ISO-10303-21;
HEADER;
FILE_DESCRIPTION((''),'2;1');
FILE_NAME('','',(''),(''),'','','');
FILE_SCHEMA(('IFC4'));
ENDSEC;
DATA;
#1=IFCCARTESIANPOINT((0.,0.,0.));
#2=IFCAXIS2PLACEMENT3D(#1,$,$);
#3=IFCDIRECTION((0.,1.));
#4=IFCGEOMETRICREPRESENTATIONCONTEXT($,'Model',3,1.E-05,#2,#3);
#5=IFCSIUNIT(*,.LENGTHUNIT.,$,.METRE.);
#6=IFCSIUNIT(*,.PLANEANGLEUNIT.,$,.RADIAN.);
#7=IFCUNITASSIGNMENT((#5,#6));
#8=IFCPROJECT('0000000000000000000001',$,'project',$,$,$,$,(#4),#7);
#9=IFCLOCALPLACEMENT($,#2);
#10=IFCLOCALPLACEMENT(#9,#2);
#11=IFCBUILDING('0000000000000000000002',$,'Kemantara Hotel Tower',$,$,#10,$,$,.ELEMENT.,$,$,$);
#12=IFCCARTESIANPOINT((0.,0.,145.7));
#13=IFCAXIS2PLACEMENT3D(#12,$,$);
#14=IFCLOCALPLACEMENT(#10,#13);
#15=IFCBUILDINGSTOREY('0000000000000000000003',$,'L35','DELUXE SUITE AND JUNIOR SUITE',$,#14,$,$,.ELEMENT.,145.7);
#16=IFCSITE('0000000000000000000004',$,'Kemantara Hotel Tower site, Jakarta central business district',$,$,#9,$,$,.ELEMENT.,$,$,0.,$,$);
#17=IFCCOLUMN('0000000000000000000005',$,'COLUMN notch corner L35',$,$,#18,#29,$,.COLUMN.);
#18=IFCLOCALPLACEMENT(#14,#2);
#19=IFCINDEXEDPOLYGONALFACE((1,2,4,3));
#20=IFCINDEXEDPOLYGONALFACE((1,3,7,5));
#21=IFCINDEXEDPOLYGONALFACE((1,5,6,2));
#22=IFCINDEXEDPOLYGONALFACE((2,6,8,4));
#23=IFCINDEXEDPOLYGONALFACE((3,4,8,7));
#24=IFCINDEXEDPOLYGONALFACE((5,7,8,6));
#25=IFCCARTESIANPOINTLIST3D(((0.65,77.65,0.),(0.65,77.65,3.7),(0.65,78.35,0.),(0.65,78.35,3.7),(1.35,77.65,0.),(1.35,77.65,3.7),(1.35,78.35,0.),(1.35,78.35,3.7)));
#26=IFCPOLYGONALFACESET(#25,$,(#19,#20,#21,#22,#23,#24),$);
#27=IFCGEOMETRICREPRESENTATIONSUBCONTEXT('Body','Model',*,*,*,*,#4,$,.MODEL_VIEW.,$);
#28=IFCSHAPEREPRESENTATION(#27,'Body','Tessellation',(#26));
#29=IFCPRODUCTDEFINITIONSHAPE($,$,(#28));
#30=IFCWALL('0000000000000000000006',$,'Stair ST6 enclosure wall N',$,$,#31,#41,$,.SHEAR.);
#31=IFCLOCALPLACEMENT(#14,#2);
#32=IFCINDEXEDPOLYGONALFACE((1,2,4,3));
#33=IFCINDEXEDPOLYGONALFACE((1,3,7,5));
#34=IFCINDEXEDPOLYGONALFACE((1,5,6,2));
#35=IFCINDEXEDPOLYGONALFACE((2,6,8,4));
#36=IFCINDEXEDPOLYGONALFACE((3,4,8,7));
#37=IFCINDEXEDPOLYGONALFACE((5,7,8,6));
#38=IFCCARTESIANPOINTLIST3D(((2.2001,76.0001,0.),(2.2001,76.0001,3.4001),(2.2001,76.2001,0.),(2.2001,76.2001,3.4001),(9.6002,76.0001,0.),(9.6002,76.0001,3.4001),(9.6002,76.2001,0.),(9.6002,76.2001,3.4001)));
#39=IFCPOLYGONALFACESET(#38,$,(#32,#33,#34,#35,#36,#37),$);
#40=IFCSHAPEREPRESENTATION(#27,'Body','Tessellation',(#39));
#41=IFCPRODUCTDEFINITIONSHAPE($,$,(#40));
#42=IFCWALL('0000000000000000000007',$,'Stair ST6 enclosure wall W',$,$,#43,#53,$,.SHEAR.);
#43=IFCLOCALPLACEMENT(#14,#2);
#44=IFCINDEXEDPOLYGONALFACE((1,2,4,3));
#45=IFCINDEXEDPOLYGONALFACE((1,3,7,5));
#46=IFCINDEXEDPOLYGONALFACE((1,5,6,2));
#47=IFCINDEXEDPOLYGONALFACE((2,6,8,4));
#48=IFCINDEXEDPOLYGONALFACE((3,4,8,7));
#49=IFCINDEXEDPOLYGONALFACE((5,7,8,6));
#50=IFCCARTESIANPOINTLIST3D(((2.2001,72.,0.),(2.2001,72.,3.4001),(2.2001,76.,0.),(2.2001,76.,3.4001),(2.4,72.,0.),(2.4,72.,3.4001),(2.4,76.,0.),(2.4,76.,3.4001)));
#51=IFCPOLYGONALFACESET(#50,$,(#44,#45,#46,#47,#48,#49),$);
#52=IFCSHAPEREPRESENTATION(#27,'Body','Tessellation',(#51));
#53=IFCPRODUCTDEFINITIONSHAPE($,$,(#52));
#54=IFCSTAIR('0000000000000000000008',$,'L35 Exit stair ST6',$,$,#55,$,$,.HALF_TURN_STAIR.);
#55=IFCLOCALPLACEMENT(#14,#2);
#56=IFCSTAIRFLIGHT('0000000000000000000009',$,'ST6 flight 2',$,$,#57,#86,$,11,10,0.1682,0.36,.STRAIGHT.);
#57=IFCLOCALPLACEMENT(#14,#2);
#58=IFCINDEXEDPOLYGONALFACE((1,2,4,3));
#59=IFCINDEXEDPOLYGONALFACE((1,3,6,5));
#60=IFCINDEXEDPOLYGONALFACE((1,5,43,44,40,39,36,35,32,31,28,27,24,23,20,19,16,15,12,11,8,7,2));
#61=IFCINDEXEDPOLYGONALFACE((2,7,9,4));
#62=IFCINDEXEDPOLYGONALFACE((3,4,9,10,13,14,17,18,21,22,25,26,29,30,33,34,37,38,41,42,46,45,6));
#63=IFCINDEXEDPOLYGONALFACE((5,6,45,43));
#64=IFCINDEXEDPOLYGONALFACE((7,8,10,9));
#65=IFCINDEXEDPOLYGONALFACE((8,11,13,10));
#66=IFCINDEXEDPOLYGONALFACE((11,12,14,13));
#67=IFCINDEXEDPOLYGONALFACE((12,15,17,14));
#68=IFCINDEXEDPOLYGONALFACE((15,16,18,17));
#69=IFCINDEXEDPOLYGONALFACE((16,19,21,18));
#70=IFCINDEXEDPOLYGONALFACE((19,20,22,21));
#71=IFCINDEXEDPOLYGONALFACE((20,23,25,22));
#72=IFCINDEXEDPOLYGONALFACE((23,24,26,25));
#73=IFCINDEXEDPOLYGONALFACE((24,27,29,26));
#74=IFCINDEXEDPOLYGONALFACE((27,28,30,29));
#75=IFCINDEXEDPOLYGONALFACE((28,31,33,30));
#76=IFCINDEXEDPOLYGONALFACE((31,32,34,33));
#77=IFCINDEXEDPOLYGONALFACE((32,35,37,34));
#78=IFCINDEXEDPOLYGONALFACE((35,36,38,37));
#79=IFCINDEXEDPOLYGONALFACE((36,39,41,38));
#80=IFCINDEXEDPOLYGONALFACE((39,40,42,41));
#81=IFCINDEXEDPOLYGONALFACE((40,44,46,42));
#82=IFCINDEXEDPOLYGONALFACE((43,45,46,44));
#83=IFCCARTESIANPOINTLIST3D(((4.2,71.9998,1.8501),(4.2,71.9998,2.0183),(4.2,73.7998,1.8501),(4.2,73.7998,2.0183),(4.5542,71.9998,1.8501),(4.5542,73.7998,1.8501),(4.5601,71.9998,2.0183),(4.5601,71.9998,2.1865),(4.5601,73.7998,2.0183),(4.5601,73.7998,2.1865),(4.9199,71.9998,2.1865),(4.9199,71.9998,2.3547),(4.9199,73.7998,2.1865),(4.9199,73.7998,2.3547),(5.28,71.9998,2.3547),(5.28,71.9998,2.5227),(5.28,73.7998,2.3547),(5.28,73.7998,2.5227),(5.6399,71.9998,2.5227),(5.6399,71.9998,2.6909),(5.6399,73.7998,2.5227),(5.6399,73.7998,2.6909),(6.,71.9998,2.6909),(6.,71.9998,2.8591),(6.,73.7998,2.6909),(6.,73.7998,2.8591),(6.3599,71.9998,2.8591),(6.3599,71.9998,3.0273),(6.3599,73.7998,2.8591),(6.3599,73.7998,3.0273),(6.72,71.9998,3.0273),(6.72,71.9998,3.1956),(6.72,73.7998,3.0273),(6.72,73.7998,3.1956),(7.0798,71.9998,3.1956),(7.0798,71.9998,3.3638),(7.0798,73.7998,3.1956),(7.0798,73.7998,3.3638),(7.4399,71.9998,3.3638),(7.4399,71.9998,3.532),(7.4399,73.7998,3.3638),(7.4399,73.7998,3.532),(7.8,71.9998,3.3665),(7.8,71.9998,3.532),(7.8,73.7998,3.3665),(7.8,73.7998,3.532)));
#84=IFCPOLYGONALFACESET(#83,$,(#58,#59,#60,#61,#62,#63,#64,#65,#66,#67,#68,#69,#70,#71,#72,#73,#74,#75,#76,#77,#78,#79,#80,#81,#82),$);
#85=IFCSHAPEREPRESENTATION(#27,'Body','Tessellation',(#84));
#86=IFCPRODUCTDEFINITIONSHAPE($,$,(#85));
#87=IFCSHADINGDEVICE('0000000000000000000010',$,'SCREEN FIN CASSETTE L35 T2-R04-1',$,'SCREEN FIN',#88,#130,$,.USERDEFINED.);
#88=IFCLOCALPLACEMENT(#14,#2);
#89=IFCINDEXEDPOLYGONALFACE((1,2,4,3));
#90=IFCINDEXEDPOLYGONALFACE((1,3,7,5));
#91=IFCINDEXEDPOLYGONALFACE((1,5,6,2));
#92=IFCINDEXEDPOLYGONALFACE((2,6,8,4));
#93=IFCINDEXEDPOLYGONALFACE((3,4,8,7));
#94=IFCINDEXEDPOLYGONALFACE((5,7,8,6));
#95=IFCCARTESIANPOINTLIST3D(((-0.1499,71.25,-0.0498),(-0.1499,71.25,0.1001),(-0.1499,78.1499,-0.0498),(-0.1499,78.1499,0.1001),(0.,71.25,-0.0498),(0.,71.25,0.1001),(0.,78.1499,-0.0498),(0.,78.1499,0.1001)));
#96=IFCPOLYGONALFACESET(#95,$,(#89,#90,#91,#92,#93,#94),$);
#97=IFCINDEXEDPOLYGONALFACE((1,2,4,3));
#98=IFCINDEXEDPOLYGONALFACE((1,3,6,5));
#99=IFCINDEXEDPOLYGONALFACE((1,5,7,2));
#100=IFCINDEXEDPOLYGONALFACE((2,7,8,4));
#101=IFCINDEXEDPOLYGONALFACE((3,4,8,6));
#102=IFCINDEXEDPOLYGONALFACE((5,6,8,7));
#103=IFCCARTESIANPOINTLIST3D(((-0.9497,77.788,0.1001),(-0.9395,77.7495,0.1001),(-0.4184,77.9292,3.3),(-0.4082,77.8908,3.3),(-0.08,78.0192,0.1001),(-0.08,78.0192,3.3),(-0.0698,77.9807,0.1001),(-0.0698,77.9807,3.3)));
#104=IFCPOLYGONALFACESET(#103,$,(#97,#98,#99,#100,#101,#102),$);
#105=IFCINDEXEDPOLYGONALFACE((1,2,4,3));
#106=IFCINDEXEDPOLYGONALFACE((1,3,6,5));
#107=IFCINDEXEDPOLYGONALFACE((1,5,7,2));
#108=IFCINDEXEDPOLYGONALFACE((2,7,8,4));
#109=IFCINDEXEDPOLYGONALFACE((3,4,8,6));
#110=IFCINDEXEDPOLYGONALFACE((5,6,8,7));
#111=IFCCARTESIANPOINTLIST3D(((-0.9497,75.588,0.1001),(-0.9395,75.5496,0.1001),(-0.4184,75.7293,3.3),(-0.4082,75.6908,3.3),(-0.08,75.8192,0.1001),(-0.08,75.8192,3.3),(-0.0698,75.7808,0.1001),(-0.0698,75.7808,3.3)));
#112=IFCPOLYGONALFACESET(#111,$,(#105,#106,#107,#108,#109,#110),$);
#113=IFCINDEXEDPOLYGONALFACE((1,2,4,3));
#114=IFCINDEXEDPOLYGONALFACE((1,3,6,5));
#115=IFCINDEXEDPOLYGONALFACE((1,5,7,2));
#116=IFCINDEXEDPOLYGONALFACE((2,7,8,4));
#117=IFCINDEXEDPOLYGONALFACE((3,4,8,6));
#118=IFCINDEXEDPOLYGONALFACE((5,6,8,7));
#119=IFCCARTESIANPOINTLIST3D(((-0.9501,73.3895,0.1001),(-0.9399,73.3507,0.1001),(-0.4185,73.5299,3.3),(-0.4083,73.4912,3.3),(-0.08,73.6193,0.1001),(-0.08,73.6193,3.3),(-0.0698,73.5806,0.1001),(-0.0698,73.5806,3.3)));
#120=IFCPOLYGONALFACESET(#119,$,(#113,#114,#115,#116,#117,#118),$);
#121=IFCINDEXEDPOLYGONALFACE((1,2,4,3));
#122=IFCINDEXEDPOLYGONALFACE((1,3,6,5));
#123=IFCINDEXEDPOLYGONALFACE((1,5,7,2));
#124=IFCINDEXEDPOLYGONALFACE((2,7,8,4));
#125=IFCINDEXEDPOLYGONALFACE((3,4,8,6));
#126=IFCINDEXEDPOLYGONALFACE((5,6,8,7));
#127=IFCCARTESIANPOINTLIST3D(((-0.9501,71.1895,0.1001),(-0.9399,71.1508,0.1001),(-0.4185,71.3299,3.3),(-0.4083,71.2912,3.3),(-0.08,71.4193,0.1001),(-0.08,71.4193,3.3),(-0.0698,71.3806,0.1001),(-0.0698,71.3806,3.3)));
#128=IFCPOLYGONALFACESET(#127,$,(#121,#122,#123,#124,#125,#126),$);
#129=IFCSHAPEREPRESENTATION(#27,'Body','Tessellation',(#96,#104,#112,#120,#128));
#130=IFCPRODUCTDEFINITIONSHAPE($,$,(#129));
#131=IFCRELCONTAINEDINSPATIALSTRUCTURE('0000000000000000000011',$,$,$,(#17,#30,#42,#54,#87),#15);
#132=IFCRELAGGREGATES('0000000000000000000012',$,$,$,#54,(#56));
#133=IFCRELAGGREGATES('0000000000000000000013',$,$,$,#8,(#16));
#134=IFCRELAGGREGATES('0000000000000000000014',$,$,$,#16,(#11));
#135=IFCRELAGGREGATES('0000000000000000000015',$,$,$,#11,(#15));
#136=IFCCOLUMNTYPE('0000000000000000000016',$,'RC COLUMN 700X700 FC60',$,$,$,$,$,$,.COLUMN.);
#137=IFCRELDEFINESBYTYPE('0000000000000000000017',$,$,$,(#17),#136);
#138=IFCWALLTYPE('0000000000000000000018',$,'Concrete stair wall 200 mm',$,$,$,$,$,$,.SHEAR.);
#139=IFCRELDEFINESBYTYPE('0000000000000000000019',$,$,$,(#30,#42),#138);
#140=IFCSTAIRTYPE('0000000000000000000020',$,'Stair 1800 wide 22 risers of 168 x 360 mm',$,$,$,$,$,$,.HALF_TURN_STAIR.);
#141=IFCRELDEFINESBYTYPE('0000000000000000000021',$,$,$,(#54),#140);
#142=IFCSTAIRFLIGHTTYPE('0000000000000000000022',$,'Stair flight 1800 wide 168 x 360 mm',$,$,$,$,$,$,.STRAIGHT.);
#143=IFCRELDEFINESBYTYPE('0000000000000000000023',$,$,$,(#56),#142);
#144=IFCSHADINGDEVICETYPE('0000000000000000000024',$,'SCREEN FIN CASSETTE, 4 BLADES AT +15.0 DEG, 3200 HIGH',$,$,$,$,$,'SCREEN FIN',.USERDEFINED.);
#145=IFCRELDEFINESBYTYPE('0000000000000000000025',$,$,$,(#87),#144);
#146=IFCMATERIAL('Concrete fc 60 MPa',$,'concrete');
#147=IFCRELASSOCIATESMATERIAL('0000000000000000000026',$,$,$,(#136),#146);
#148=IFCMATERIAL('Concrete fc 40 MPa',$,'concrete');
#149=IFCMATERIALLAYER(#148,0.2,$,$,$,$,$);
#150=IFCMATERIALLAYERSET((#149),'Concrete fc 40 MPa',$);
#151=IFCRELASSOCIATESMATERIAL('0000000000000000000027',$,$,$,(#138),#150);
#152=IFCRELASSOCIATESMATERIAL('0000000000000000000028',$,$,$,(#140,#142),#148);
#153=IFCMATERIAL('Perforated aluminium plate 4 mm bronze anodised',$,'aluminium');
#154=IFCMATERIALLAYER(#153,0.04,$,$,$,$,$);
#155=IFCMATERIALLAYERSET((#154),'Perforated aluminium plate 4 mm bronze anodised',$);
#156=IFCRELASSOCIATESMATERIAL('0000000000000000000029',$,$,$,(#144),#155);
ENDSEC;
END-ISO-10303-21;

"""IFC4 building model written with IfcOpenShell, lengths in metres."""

from ifc_helpers import new_model, si_unit, direction, frame, frame_2d, origin, origin_2d, place, context, subcontext, project, spatial, polyline, rectangle, outline, extrude, source, transform, mapped, material, layer, layer_set, material_profile, profile_set, type_object, element, aggregate, save


model = new_model("IFC4")

# Units and contexts
model_context = context("Model", 3, precision=1e-05, world=origin(), true_north=direction((0.0, 1.0)))
body_context = subcontext(model_context, "Body", "Model", "MODEL_VIEW")
ifc_project = project(units=[si_unit("LENGTHUNIT", "METRE"), si_unit("PLANEANGLEUNIT", "RADIAN")], contexts=[model_context])

# Site, building, storey
site_placement = place(None, origin())
site = spatial("IfcSite", under=ifc_project, at=site_placement, Name="Kemantara Hotel Tower site, Jakarta central business district", CompositionType="ELEMENT", RefElevation=0.0)
building_placement = place(site_placement, origin())
building = spatial("IfcBuilding", under=site, at=building_placement, Name="Kemantara Hotel Tower", CompositionType="ELEMENT")
storey_placement = place(building_placement, frame((0.0, 0.0, 145.7)))
storey = spatial("IfcBuildingStorey", under=building, at=storey_placement, Name="L35", Description="DELUXE SUITE AND JUNIOR SUITE", CompositionType="ELEMENT", Elevation=145.7)

# Column
ifc_material_1 = material(Name="Concrete fc 60 MPa", Category="concrete")
ifc_material_profile = material_profile(ifc_material_1, rectangle(XDim=0.7, YDim=0.7, at=origin_2d()), Name="RC 700X700")
ifc_profile_set = profile_set([ifc_material_profile], Name="Concrete fc 60 MPa")
column_type = type_object("IfcColumnType", Name="RC COLUMN 700X700 FC60", PredefinedType="COLUMN", material=ifc_profile_set)
column_placement = place(storey_placement, frame((1.0, 78.0, 0.0), z_axis=(0.0, 0.0, 1.0), x_axis=(1.0, 0.0, 0.0)))
element("IfcColumn", 1, at=column_placement, inside=storey, type_object=column_type, Name="COLUMN notch corner L35", PredefinedType="COLUMN", context=body_context, shape_type="SweptSolid", body=[
    extrude(rectangle(XDim=0.7, YDim=0.7, at=origin_2d()), origin(), (0.0, 0.0, 1.0), 3.7),
])

# Walls
ifc_material_2 = material(Name="Concrete fc 40 MPa", Category="concrete")
ifc_layer_1 = layer(ifc_material_2, 0.2)
ifc_layer_set_1 = layer_set([ifc_layer_1], Name="Concrete fc 40 MPa")
wall_type = type_object("IfcWallType", Name="Concrete stair wall 200 mm", PredefinedType="SHEAR", material=ifc_layer_set_1)
wall_1_placement = place(storey_placement, frame((2.2, 76.1001, 0.0), z_axis=(0.0, 0.0, 1.0), x_axis=(1.0, 0.0, 0.0)))
element("IfcWall", 2, at=wall_1_placement, inside=storey, type_object=wall_type, Name="Stair ST6 enclosure wall N", PredefinedType="SHEAR", context=body_context, shape_type="SweptSolid", body=[
    extrude(rectangle(XDim=7.4001, YDim=0.2, at=frame_2d((3.7002, 0.0))), origin(), (0.0, 0.0, 1.0), 3.4001),
])
wall_2_placement = place(storey_placement, frame((2.3, 72.0, 0.0), z_axis=(0.0, 0.0, 1.0), x_axis=(0.0, 1.0, 0.0)))
element("IfcWall", 3, at=wall_2_placement, inside=storey, type_object=wall_type, Name="Stair ST6 enclosure wall W", PredefinedType="SHEAR", context=body_context, shape_type="SweptSolid", body=[
    extrude(rectangle(XDim=4.0, YDim=0.2, at=frame_2d((2.0, 0.0))), origin(), (0.0, 0.0, 1.0), 3.4001),
])

# Stair, stair flight
stair_type = type_object("IfcStairType", Name="Stair 1800 wide 22 risers of 168 x 360 mm", PredefinedType="HALF_TURN_STAIR", material=ifc_material_2)
stair_placement = place(storey_placement, origin())
stair = element("IfcStair", 4, at=stair_placement, inside=storey, type_object=stair_type, Name="L35 Exit stair ST6", PredefinedType="HALF_TURN_STAIR")
stair_flight_type = type_object("IfcStairFlightType", Name="Stair flight 1800 wide 168 x 360 mm", PredefinedType="STRAIGHT", material=ifc_material_2)
stair_flight_placement = place(storey_placement, frame((4.2, 72.8999, 1.8501), z_axis=(0.0, 0.0, 1.0), x_axis=(1.0, 0.0, 0.0)))
stair_flight = element("IfcStairFlight", 5, at=stair_flight_placement, type_object=stair_flight_type, Name="ST6 flight 2", NumberOfRisers=11, NumberOfTreads=10, PredefinedType="STRAIGHT", RiserHeight=0.1682, TreadLength=0.36, context=body_context, shape_type="SweptSolid", body=[
    extrude(outline(polyline([(0.0, 0.0), (0.0, 0.1682), (0.3601, 0.1682), (0.3601, 0.3364), (0.72, 0.3364), (0.72, 0.5046), (1.0801, 0.5046), (1.0801, 0.6726), (1.4399, 0.6726), (1.4399, 0.8408), (1.8, 0.8408), (1.8, 1.009), (2.1599, 1.009), (2.1599, 1.1772), (2.52, 1.1772), (2.52, 1.3455), (2.8799, 1.3455), (2.8799, 1.5137), (3.24, 1.5137), (3.24, 1.6819), (3.6001, 1.6819), (3.6001, 1.8501), (3.6001, 1.5164), (0.3542, 0.0), (0.0, 0.0)])), frame((0.0, 0.8999, 0.0), z_axis=(0.0, -1.0, 0.0), x_axis=(1.0, 0.0, 0.0)), (0.0, 0.0, 1.0), 1.8),
])
aggregate(stair, [stair_flight])

# Shading device
ifc_material_3 = material(Name="Perforated aluminium plate 4 mm bronze anodised", Category="aluminium")
ifc_layer_2 = layer(ifc_material_3, 0.04)
ifc_layer_set_2 = layer_set([ifc_layer_2], Name="Perforated aluminium plate 4 mm bronze anodised")
shading_device_type = type_object("IfcShadingDeviceType", Name="SCREEN FIN CASSETTE, 4 BLADES AT +15.0 DEG, 3200 HIGH", ElementType="SCREEN FIN", PredefinedType="USERDEFINED", material=ifc_layer_set_2)
shared_shape = source(origin(), body_context, "Body", "SweptSolid", [
    extrude(rectangle(XDim=6.8999, YDim=0.1499, at=origin_2d()), frame((3.3, -0.075, -0.1499), z_axis=(0.0, 0.0, 1.0), x_axis=(1.0, 0.0, 0.0)), (0.0, 0.0, 1.0), 0.1499),
    extrude(outline(polyline([(0.0, 0.0), (0.8999, 0.0), (0.3501, 3.2), (0.0, 3.2), (0.0, 0.0)])), frame((0.0193, -0.0698, 0.0), z_axis=(-0.966438, -0.256901, 0.0), x_axis=(0.256901, -0.966438, 0.0)), (0.0, 0.0, 1.0), 0.0398),
    extrude(outline(polyline([(0.0, 0.0), (0.8999, 0.0), (0.3501, 3.2), (0.0, 3.2), (0.0, 0.0)])), frame((2.2192, -0.0698, 0.0), z_axis=(-0.966438, -0.256901, 0.0), x_axis=(0.256901, -0.966438, 0.0)), (0.0, 0.0, 1.0), 0.0398),
    extrude(outline(polyline([(0.0, 0.0), (0.8999, 0.0), (0.3501, 3.2), (0.0, 3.2), (0.0, 0.0)])), frame((4.4194, -0.0698, 0.0), z_axis=(-0.966838, -0.255391, 0.0), x_axis=(0.255391, -0.966838, 0.0)), (0.0, 0.0, 1.0), 0.04),
    extrude(outline(polyline([(0.0, 0.0), (0.8999, 0.0), (0.3501, 3.2), (0.0, 3.2), (0.0, 0.0)])), frame((6.6194, -0.0698, 0.0), z_axis=(-0.966838, -0.255391, 0.0), x_axis=(0.255391, -0.966838, 0.0)), (0.0, 0.0, 1.0), 0.04),
])
shading_device_placement = place(storey_placement, frame((0.0, 78.0, 0.1001), z_axis=(0.0, 0.0, 1.0), x_axis=(0.0, -1.0, 0.0)))
element("IfcShadingDevice", 6, at=shading_device_placement, inside=storey, type_object=shading_device_type, Name="SCREEN FIN CASSETTE L35 T2-R04-1", ObjectType="SCREEN FIN", PredefinedType="USERDEFINED", context=body_context, shape_type="MappedRepresentation", body=[
    mapped(shared_shape, transform((0.0, 0.0, 0.0))),
])

save(model, "model.ifc")
